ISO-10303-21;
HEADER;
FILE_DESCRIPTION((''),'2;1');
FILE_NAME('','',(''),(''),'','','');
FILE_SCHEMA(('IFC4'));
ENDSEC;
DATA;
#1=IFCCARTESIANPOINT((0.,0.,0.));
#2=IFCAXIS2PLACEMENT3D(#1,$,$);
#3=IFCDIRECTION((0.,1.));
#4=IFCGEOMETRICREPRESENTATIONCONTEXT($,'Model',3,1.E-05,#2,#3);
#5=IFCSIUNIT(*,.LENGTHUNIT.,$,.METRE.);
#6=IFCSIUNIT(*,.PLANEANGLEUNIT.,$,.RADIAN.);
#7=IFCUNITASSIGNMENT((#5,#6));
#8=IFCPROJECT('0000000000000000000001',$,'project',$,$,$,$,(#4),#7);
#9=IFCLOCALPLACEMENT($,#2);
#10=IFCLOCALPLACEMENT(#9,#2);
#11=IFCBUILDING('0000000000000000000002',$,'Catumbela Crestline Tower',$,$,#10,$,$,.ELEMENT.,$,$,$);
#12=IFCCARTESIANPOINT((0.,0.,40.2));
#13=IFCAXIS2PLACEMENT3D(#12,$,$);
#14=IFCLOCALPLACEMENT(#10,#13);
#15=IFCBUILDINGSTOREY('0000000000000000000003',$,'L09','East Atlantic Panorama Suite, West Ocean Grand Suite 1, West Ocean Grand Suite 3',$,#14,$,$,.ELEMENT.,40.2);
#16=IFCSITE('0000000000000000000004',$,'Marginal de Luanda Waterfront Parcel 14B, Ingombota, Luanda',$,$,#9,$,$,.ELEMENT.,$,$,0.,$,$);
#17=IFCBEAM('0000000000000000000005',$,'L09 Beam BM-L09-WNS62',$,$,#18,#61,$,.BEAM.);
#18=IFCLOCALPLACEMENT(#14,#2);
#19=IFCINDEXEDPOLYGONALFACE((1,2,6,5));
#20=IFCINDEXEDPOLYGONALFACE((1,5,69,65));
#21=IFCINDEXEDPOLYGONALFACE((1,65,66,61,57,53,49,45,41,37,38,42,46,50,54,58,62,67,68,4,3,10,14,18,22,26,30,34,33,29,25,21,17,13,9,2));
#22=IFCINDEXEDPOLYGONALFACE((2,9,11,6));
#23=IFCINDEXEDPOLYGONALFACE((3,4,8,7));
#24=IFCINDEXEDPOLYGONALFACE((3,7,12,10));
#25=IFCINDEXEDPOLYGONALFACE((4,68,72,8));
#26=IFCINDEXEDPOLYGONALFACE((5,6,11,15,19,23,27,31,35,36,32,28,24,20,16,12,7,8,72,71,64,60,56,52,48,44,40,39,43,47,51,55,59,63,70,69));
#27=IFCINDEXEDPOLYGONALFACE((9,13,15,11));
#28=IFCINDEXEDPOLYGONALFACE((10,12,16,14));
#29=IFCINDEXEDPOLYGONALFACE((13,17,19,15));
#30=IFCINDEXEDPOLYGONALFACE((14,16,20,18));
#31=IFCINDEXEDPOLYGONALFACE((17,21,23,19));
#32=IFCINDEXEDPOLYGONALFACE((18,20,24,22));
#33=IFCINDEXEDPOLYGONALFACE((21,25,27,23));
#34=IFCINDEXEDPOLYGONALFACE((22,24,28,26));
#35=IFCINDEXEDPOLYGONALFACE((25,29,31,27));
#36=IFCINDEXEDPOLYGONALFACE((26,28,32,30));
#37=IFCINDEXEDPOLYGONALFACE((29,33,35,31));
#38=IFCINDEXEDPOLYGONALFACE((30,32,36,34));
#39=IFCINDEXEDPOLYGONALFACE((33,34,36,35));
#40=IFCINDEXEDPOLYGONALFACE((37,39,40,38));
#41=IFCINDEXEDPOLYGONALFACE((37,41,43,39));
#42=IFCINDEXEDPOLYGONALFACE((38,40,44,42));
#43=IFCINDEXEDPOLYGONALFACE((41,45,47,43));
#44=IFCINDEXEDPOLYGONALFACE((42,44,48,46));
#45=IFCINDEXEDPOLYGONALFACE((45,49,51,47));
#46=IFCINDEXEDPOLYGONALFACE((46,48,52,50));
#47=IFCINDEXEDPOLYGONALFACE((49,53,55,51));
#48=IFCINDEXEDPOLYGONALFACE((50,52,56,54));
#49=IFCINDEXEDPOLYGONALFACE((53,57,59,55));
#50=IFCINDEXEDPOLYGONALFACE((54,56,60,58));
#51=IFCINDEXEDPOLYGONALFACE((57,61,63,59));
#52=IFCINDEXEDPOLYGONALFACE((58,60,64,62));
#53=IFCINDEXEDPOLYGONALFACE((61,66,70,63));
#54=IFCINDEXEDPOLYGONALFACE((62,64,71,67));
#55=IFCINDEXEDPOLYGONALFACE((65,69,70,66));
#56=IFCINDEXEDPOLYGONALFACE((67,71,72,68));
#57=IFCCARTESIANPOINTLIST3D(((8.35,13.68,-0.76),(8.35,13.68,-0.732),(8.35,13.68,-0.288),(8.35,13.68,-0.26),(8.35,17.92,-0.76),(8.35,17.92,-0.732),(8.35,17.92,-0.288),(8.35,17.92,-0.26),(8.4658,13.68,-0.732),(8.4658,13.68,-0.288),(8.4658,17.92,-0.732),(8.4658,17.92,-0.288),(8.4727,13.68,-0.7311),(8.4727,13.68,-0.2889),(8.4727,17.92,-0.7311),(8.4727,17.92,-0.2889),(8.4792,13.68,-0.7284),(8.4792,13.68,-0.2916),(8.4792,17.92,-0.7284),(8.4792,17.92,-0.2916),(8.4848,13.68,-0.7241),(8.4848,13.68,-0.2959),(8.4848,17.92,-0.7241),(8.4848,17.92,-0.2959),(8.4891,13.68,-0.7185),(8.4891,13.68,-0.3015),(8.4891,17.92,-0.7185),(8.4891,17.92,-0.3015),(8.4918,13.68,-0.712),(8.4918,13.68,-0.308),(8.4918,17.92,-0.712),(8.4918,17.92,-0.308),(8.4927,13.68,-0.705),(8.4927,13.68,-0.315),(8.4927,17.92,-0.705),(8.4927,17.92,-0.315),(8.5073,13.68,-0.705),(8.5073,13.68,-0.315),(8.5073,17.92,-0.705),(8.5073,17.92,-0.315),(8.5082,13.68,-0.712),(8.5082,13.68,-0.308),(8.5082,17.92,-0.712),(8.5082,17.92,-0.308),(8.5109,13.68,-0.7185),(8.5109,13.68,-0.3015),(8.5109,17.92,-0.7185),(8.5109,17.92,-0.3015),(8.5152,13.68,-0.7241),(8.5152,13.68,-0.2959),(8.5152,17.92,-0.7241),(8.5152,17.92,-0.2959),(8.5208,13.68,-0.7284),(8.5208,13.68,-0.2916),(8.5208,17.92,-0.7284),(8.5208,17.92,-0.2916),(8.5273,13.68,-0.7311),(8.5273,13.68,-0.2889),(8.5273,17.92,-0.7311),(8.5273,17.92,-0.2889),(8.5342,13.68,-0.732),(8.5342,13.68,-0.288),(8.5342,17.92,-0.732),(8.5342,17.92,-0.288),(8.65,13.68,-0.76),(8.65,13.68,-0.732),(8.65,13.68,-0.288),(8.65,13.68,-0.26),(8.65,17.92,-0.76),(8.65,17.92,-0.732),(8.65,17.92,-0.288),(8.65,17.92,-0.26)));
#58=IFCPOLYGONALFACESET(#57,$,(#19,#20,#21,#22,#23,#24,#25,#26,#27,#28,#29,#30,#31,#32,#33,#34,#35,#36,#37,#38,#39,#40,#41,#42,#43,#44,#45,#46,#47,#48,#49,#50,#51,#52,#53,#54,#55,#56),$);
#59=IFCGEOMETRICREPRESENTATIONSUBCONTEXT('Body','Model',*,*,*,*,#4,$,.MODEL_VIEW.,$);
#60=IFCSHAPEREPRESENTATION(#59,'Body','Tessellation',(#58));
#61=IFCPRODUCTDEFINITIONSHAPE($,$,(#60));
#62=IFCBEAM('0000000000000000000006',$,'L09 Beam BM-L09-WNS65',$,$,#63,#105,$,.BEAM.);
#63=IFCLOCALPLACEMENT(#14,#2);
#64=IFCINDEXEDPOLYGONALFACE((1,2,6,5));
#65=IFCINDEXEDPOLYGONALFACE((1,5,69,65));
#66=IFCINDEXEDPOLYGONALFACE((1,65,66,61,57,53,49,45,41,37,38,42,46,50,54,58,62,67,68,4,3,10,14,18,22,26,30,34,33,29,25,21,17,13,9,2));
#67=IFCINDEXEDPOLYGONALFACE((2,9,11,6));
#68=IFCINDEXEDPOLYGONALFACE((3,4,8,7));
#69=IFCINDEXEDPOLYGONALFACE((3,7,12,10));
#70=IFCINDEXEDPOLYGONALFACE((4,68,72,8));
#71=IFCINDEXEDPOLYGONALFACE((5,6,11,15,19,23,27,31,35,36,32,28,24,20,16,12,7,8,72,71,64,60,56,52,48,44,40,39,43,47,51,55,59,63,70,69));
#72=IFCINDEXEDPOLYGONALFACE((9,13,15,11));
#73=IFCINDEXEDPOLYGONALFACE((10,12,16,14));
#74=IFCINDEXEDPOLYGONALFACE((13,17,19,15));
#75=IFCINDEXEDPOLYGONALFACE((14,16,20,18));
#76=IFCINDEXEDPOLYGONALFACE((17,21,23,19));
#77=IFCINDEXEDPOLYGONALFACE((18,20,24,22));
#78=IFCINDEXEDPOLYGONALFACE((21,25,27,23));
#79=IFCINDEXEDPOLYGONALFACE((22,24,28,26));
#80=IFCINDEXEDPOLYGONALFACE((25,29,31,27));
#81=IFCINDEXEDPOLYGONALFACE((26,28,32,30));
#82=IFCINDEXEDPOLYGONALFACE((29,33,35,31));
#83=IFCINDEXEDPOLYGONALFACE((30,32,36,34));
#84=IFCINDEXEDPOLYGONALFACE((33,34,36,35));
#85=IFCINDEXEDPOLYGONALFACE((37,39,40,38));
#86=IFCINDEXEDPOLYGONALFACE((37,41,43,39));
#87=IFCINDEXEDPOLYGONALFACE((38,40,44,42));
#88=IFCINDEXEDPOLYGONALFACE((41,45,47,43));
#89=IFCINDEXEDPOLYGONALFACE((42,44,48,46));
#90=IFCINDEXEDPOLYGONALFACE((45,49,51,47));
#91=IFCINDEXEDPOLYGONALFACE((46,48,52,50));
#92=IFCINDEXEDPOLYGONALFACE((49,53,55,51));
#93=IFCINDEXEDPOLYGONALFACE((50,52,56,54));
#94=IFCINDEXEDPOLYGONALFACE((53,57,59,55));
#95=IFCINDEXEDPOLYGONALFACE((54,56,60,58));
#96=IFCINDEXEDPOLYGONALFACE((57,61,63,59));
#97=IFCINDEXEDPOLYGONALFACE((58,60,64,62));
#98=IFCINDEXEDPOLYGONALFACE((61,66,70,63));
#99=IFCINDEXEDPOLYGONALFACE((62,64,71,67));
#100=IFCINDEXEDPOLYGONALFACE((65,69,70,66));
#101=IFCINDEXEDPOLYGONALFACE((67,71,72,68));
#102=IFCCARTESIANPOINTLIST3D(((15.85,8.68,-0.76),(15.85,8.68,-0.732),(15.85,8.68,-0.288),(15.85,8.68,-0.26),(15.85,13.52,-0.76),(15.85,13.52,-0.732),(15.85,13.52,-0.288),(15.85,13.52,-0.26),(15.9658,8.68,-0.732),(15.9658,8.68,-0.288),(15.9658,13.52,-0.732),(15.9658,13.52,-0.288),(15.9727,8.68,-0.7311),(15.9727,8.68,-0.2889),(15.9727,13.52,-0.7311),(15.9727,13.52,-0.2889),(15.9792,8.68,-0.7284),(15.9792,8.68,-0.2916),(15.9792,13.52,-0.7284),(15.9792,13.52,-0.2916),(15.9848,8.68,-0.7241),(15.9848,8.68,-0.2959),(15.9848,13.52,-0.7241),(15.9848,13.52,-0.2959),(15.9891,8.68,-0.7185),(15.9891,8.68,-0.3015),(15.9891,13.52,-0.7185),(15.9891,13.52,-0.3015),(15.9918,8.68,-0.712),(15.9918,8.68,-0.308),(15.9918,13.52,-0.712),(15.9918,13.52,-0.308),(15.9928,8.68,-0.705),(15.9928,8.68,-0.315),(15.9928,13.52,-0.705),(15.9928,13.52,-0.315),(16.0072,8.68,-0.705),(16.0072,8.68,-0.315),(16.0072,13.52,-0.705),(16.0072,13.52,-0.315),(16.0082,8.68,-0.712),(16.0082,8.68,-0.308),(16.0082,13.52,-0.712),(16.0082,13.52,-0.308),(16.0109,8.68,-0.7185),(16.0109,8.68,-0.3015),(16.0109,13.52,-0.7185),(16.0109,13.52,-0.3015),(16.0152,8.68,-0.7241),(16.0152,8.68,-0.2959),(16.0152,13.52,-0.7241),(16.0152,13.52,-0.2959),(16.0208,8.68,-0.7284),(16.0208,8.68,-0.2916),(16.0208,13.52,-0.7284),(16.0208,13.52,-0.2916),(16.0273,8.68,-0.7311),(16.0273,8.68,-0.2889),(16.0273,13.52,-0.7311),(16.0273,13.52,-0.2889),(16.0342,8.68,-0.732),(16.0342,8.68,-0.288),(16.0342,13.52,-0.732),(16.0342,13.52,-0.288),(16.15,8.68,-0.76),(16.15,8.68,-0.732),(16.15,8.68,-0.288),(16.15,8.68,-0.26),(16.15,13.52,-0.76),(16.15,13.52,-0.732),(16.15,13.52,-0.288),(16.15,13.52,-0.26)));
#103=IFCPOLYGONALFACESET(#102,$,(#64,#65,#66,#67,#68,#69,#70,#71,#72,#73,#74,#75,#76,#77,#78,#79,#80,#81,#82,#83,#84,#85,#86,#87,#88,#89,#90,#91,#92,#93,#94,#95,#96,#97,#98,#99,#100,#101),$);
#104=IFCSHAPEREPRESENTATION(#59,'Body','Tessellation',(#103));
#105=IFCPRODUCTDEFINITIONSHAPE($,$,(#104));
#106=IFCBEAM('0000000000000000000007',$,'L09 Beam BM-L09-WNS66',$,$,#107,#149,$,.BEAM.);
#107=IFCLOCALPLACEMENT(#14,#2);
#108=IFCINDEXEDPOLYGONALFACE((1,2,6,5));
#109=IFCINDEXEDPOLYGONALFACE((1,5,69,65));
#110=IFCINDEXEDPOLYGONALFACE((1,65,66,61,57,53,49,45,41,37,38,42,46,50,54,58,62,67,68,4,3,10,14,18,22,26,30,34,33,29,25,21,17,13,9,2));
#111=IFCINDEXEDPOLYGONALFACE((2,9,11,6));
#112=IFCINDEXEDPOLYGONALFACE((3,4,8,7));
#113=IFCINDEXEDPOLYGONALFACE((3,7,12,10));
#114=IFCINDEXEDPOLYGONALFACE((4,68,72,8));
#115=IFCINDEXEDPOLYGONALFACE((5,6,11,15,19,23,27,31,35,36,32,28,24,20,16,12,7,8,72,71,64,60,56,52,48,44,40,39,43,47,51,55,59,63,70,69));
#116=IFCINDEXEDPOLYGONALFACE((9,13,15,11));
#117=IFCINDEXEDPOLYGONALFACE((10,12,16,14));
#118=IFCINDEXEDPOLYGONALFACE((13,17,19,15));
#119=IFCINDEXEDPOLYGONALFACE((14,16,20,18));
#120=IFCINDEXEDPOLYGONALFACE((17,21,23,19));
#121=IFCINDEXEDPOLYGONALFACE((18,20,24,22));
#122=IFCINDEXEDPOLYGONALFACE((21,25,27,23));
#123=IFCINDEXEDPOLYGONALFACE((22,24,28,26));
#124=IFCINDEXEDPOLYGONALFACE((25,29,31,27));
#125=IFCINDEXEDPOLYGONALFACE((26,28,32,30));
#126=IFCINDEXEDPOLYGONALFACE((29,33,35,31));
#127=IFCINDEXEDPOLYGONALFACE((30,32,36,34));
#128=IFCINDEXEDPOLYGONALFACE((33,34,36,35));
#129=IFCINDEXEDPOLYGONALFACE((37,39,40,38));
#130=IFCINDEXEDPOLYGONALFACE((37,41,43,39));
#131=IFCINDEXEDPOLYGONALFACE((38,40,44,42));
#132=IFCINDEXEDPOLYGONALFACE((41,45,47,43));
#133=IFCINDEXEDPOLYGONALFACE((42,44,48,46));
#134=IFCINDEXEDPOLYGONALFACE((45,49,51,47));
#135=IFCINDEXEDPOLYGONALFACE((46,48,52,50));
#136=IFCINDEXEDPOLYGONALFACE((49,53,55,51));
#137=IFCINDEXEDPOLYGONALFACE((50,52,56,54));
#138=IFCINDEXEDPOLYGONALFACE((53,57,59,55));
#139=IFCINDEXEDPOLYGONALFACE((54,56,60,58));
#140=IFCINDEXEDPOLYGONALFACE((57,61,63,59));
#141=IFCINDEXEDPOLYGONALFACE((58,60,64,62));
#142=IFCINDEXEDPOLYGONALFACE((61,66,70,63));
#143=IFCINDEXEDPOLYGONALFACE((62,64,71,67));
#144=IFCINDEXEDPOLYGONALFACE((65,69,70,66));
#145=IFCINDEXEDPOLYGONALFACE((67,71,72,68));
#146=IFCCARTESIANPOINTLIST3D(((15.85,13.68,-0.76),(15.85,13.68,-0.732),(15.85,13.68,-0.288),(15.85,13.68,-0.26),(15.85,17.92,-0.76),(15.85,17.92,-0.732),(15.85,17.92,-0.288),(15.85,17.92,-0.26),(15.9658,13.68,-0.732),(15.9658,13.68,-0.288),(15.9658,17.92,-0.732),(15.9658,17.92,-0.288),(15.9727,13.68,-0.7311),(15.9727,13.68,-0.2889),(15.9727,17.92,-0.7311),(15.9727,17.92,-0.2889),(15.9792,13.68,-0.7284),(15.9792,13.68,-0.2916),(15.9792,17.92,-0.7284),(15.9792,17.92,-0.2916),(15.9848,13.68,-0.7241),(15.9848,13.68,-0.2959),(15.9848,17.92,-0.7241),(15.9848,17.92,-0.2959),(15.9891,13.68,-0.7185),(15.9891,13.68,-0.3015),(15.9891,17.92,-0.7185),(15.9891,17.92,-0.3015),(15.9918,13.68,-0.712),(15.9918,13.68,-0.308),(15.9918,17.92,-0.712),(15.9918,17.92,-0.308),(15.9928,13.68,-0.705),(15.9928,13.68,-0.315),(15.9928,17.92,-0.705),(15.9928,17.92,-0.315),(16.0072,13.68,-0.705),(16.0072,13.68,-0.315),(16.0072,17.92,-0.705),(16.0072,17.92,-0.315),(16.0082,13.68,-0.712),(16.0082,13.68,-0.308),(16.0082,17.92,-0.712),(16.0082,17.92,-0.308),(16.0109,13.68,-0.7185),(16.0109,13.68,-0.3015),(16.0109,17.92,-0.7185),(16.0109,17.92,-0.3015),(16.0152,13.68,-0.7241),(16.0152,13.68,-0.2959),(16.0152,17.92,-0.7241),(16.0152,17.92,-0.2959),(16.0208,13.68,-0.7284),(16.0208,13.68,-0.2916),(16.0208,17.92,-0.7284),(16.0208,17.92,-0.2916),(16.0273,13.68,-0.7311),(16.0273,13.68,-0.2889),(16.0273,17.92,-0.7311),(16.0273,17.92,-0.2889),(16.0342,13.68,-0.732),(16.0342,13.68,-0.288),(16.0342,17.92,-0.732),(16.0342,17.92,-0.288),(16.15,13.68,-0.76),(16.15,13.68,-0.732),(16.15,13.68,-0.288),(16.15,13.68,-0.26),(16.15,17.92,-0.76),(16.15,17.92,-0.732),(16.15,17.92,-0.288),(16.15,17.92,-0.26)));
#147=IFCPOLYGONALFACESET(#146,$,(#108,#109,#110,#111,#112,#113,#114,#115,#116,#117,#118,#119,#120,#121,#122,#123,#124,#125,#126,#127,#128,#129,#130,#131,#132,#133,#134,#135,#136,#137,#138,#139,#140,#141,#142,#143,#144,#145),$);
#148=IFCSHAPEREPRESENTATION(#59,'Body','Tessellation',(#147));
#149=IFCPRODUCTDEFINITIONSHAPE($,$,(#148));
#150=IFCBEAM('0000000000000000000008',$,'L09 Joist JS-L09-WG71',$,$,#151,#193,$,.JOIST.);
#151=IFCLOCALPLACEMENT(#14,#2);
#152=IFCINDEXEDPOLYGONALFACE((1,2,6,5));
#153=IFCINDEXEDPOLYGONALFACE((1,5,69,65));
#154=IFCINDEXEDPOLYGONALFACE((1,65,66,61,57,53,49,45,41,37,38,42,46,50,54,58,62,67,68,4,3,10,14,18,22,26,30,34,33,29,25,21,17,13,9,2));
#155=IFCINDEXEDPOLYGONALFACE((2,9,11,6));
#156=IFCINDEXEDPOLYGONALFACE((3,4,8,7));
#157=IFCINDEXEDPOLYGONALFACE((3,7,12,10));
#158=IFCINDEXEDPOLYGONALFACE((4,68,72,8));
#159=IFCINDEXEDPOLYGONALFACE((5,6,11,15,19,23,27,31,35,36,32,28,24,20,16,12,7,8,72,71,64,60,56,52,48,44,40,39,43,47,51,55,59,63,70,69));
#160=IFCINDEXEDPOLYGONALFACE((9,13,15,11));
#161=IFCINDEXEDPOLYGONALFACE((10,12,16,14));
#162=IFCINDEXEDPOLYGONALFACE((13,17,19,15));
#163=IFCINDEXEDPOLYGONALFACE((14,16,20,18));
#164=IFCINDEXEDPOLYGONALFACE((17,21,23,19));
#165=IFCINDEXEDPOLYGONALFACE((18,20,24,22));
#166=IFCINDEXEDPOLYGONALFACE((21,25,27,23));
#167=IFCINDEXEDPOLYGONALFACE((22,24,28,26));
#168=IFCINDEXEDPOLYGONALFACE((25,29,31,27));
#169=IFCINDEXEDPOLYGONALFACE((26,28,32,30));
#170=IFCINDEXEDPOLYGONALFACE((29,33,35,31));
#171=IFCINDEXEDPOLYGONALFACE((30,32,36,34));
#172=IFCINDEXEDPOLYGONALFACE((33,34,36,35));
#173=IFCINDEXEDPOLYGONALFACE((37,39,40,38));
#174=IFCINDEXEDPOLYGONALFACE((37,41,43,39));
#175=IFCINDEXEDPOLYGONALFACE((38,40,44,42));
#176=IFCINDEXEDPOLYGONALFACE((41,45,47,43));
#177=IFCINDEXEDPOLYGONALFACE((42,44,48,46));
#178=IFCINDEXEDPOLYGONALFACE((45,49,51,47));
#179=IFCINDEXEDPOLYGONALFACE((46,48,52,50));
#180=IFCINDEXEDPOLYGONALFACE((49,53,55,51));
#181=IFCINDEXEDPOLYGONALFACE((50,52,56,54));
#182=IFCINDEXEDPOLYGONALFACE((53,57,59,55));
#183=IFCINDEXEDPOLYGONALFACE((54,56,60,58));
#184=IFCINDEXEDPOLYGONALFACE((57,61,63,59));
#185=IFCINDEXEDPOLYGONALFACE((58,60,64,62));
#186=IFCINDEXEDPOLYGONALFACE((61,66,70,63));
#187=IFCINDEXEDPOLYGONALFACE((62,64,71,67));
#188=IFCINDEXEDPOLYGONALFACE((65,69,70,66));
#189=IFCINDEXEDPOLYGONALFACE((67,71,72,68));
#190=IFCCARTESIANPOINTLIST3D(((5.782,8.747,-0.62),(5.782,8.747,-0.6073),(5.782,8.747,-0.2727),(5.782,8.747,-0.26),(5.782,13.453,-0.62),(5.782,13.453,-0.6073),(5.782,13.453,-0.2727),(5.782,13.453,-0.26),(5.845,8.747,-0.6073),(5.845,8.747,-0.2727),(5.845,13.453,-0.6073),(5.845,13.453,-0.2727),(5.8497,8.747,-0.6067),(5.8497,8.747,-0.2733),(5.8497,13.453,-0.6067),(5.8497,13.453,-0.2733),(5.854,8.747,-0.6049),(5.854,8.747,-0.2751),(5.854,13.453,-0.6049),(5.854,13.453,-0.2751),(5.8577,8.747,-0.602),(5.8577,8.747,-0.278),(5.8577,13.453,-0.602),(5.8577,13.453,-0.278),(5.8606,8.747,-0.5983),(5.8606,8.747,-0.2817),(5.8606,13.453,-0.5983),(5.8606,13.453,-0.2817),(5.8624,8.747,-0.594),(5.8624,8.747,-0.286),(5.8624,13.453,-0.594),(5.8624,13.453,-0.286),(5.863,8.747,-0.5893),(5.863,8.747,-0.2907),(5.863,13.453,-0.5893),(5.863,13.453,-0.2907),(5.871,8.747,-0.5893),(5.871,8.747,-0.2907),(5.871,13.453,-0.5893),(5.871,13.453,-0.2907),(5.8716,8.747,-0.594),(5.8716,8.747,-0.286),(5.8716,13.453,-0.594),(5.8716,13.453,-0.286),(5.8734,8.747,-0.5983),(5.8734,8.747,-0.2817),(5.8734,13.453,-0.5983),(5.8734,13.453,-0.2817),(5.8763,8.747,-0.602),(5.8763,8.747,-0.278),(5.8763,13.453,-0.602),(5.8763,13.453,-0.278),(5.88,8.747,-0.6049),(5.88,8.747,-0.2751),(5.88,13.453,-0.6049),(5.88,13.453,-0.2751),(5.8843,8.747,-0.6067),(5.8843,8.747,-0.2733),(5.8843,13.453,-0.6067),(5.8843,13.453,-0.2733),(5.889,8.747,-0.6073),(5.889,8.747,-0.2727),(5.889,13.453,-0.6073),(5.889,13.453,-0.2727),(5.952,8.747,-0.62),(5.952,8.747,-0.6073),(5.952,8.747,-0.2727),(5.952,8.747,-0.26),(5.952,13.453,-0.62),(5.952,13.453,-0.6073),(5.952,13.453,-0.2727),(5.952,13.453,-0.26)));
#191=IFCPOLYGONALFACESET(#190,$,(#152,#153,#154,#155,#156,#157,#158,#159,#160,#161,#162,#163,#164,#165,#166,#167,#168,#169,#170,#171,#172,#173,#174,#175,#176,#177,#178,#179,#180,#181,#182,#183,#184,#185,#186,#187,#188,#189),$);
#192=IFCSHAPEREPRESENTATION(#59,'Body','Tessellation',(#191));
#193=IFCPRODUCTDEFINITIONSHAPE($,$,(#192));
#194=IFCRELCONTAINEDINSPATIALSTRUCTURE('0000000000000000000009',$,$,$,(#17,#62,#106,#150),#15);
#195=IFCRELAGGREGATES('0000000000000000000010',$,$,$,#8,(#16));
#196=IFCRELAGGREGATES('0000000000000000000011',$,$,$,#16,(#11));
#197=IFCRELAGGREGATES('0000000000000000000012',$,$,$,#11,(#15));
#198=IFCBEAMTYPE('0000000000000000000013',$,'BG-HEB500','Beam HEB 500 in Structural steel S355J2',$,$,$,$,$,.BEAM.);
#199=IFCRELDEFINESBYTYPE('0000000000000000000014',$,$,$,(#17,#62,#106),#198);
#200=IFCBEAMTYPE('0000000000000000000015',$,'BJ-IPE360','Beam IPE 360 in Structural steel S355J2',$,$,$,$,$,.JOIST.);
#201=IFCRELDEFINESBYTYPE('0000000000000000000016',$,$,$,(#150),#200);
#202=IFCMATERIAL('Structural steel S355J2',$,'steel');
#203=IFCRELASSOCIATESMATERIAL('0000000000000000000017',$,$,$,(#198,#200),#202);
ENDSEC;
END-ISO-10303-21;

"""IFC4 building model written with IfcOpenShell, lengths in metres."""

from ifc_helpers import new_model, si_unit, direction, frame, origin, origin_2d, place, context, subcontext, project, spatial, i_section, extrude, material, material_profile, profile_set, type_object, element, save


model = new_model("IFC4")

# Units and contexts
model_context = context("Model", 3, precision=1e-05, world=origin(), true_north=direction((0.0, 1.0)))
body_context = subcontext(model_context, "Body", "Model", "MODEL_VIEW")
ifc_project = project(units=[si_unit("LENGTHUNIT", "METRE"), si_unit("PLANEANGLEUNIT", "RADIAN")], contexts=[model_context])

# Site, building, storey
site_placement = place(None, origin())
site = spatial("IfcSite", under=ifc_project, at=site_placement, Name="Marginal de Luanda Waterfront Parcel 14B, Ingombota, Luanda", CompositionType="ELEMENT", RefElevation=0.0)
building_placement = place(site_placement, origin())
building = spatial("IfcBuilding", under=site, at=building_placement, Name="Catumbela Crestline Tower", CompositionType="ELEMENT")
storey_placement = place(building_placement, frame((0.0, 0.0, 40.2)))
storey = spatial("IfcBuildingStorey", under=building, at=storey_placement, Name="L09", Description="East Atlantic Panorama Suite, West Ocean Grand Suite 1, West Ocean Grand Suite 3", CompositionType="ELEMENT", Elevation=40.2)

# Beams
ifc_material_1 = material(Name="Structural steel S355J2", Category="steel")
ifc_material_profile_1 = material_profile(ifc_material_1, i_section(OverallWidth=0.3, OverallDepth=0.5, WebThickness=0.0145, FlangeThickness=0.028, FilletRadius=0.027, at=origin_2d()), Name="HEB 500")
ifc_profile_set_1 = profile_set([ifc_material_profile_1], Name="Structural steel S355J2")
beam_type_1 = type_object("IfcBeamType", Name="BG-HEB500", Description="Beam HEB 500 in Structural steel S355J2", PredefinedType="BEAM", material=ifc_profile_set_1)
beam_1_placement = place(storey_placement, frame((8.5, 13.68, -0.51), z_axis=(0.0, 1.0, 0.0), x_axis=(-1.0, 0.0, 0.0)))
element("IfcBeam", 1, at=beam_1_placement, inside=storey, type_object=beam_type_1, Name="L09 Beam BM-L09-WNS62", PredefinedType="BEAM", context=body_context, shape_type="SweptSolid", body=[
    extrude(i_section(OverallWidth=0.3, OverallDepth=0.5, WebThickness=0.0145, FlangeThickness=0.028, FilletRadius=0.027, at=origin_2d()), origin(), (0.0, 0.0, 1.0), 4.24),
])
beam_2_placement = place(storey_placement, frame((16.0, 8.68, -0.51), z_axis=(0.0, 1.0, 0.0), x_axis=(-1.0, 0.0, 0.0)))
element("IfcBeam", 2, at=beam_2_placement, inside=storey, type_object=beam_type_1, Name="L09 Beam BM-L09-WNS65", PredefinedType="BEAM", context=body_context, shape_type="SweptSolid", body=[
    extrude(i_section(OverallWidth=0.3, OverallDepth=0.5, WebThickness=0.0145, FlangeThickness=0.028, FilletRadius=0.027, at=origin_2d()), origin(), (0.0, 0.0, 1.0), 4.84),
])
beam_3_placement = place(storey_placement, frame((16.0, 13.68, -0.51), z_axis=(0.0, 1.0, 0.0), x_axis=(-1.0, 0.0, 0.0)))
element("IfcBeam", 3, at=beam_3_placement, inside=storey, type_object=beam_type_1, Name="L09 Beam BM-L09-WNS66", PredefinedType="BEAM", context=body_context, shape_type="SweptSolid", body=[
    extrude(i_section(OverallWidth=0.3, OverallDepth=0.5, WebThickness=0.0145, FlangeThickness=0.028, FilletRadius=0.027, at=origin_2d()), origin(), (0.0, 0.0, 1.0), 4.24),
])
ifc_material_profile_2 = material_profile(ifc_material_1, i_section(OverallWidth=0.17, OverallDepth=0.36, WebThickness=0.008, FlangeThickness=0.0127, FilletRadius=0.018, at=origin_2d()), Name="IPE 360")
ifc_profile_set_2 = profile_set([ifc_material_profile_2], Name="Structural steel S355J2")
beam_type_2 = type_object("IfcBeamType", Name="BJ-IPE360", Description="Beam IPE 360 in Structural steel S355J2", PredefinedType="JOIST", material=ifc_profile_set_2)
for number, where, z_axis, x_axis, name in (
    (4, (5.867, 8.747, -0.44), (0.0, 1.0, 0.0), (-1.0, 0.0, 0.0), "L09 Joist JS-L09-WG71"),
):
    element("IfcBeam", number, at=place(storey_placement, frame(where, z_axis=z_axis, x_axis=x_axis)), inside=storey, type_object=beam_type_2, Name=name, PredefinedType="JOIST", context=body_context, shape_type="SweptSolid", body=[
        extrude(i_section(OverallWidth=0.17, OverallDepth=0.36, WebThickness=0.008, FlangeThickness=0.0127, FilletRadius=0.018, at=origin_2d()), origin(), (0.0, 0.0, 1.0), 4.706),
    ])

save(model, "model.ifc")
